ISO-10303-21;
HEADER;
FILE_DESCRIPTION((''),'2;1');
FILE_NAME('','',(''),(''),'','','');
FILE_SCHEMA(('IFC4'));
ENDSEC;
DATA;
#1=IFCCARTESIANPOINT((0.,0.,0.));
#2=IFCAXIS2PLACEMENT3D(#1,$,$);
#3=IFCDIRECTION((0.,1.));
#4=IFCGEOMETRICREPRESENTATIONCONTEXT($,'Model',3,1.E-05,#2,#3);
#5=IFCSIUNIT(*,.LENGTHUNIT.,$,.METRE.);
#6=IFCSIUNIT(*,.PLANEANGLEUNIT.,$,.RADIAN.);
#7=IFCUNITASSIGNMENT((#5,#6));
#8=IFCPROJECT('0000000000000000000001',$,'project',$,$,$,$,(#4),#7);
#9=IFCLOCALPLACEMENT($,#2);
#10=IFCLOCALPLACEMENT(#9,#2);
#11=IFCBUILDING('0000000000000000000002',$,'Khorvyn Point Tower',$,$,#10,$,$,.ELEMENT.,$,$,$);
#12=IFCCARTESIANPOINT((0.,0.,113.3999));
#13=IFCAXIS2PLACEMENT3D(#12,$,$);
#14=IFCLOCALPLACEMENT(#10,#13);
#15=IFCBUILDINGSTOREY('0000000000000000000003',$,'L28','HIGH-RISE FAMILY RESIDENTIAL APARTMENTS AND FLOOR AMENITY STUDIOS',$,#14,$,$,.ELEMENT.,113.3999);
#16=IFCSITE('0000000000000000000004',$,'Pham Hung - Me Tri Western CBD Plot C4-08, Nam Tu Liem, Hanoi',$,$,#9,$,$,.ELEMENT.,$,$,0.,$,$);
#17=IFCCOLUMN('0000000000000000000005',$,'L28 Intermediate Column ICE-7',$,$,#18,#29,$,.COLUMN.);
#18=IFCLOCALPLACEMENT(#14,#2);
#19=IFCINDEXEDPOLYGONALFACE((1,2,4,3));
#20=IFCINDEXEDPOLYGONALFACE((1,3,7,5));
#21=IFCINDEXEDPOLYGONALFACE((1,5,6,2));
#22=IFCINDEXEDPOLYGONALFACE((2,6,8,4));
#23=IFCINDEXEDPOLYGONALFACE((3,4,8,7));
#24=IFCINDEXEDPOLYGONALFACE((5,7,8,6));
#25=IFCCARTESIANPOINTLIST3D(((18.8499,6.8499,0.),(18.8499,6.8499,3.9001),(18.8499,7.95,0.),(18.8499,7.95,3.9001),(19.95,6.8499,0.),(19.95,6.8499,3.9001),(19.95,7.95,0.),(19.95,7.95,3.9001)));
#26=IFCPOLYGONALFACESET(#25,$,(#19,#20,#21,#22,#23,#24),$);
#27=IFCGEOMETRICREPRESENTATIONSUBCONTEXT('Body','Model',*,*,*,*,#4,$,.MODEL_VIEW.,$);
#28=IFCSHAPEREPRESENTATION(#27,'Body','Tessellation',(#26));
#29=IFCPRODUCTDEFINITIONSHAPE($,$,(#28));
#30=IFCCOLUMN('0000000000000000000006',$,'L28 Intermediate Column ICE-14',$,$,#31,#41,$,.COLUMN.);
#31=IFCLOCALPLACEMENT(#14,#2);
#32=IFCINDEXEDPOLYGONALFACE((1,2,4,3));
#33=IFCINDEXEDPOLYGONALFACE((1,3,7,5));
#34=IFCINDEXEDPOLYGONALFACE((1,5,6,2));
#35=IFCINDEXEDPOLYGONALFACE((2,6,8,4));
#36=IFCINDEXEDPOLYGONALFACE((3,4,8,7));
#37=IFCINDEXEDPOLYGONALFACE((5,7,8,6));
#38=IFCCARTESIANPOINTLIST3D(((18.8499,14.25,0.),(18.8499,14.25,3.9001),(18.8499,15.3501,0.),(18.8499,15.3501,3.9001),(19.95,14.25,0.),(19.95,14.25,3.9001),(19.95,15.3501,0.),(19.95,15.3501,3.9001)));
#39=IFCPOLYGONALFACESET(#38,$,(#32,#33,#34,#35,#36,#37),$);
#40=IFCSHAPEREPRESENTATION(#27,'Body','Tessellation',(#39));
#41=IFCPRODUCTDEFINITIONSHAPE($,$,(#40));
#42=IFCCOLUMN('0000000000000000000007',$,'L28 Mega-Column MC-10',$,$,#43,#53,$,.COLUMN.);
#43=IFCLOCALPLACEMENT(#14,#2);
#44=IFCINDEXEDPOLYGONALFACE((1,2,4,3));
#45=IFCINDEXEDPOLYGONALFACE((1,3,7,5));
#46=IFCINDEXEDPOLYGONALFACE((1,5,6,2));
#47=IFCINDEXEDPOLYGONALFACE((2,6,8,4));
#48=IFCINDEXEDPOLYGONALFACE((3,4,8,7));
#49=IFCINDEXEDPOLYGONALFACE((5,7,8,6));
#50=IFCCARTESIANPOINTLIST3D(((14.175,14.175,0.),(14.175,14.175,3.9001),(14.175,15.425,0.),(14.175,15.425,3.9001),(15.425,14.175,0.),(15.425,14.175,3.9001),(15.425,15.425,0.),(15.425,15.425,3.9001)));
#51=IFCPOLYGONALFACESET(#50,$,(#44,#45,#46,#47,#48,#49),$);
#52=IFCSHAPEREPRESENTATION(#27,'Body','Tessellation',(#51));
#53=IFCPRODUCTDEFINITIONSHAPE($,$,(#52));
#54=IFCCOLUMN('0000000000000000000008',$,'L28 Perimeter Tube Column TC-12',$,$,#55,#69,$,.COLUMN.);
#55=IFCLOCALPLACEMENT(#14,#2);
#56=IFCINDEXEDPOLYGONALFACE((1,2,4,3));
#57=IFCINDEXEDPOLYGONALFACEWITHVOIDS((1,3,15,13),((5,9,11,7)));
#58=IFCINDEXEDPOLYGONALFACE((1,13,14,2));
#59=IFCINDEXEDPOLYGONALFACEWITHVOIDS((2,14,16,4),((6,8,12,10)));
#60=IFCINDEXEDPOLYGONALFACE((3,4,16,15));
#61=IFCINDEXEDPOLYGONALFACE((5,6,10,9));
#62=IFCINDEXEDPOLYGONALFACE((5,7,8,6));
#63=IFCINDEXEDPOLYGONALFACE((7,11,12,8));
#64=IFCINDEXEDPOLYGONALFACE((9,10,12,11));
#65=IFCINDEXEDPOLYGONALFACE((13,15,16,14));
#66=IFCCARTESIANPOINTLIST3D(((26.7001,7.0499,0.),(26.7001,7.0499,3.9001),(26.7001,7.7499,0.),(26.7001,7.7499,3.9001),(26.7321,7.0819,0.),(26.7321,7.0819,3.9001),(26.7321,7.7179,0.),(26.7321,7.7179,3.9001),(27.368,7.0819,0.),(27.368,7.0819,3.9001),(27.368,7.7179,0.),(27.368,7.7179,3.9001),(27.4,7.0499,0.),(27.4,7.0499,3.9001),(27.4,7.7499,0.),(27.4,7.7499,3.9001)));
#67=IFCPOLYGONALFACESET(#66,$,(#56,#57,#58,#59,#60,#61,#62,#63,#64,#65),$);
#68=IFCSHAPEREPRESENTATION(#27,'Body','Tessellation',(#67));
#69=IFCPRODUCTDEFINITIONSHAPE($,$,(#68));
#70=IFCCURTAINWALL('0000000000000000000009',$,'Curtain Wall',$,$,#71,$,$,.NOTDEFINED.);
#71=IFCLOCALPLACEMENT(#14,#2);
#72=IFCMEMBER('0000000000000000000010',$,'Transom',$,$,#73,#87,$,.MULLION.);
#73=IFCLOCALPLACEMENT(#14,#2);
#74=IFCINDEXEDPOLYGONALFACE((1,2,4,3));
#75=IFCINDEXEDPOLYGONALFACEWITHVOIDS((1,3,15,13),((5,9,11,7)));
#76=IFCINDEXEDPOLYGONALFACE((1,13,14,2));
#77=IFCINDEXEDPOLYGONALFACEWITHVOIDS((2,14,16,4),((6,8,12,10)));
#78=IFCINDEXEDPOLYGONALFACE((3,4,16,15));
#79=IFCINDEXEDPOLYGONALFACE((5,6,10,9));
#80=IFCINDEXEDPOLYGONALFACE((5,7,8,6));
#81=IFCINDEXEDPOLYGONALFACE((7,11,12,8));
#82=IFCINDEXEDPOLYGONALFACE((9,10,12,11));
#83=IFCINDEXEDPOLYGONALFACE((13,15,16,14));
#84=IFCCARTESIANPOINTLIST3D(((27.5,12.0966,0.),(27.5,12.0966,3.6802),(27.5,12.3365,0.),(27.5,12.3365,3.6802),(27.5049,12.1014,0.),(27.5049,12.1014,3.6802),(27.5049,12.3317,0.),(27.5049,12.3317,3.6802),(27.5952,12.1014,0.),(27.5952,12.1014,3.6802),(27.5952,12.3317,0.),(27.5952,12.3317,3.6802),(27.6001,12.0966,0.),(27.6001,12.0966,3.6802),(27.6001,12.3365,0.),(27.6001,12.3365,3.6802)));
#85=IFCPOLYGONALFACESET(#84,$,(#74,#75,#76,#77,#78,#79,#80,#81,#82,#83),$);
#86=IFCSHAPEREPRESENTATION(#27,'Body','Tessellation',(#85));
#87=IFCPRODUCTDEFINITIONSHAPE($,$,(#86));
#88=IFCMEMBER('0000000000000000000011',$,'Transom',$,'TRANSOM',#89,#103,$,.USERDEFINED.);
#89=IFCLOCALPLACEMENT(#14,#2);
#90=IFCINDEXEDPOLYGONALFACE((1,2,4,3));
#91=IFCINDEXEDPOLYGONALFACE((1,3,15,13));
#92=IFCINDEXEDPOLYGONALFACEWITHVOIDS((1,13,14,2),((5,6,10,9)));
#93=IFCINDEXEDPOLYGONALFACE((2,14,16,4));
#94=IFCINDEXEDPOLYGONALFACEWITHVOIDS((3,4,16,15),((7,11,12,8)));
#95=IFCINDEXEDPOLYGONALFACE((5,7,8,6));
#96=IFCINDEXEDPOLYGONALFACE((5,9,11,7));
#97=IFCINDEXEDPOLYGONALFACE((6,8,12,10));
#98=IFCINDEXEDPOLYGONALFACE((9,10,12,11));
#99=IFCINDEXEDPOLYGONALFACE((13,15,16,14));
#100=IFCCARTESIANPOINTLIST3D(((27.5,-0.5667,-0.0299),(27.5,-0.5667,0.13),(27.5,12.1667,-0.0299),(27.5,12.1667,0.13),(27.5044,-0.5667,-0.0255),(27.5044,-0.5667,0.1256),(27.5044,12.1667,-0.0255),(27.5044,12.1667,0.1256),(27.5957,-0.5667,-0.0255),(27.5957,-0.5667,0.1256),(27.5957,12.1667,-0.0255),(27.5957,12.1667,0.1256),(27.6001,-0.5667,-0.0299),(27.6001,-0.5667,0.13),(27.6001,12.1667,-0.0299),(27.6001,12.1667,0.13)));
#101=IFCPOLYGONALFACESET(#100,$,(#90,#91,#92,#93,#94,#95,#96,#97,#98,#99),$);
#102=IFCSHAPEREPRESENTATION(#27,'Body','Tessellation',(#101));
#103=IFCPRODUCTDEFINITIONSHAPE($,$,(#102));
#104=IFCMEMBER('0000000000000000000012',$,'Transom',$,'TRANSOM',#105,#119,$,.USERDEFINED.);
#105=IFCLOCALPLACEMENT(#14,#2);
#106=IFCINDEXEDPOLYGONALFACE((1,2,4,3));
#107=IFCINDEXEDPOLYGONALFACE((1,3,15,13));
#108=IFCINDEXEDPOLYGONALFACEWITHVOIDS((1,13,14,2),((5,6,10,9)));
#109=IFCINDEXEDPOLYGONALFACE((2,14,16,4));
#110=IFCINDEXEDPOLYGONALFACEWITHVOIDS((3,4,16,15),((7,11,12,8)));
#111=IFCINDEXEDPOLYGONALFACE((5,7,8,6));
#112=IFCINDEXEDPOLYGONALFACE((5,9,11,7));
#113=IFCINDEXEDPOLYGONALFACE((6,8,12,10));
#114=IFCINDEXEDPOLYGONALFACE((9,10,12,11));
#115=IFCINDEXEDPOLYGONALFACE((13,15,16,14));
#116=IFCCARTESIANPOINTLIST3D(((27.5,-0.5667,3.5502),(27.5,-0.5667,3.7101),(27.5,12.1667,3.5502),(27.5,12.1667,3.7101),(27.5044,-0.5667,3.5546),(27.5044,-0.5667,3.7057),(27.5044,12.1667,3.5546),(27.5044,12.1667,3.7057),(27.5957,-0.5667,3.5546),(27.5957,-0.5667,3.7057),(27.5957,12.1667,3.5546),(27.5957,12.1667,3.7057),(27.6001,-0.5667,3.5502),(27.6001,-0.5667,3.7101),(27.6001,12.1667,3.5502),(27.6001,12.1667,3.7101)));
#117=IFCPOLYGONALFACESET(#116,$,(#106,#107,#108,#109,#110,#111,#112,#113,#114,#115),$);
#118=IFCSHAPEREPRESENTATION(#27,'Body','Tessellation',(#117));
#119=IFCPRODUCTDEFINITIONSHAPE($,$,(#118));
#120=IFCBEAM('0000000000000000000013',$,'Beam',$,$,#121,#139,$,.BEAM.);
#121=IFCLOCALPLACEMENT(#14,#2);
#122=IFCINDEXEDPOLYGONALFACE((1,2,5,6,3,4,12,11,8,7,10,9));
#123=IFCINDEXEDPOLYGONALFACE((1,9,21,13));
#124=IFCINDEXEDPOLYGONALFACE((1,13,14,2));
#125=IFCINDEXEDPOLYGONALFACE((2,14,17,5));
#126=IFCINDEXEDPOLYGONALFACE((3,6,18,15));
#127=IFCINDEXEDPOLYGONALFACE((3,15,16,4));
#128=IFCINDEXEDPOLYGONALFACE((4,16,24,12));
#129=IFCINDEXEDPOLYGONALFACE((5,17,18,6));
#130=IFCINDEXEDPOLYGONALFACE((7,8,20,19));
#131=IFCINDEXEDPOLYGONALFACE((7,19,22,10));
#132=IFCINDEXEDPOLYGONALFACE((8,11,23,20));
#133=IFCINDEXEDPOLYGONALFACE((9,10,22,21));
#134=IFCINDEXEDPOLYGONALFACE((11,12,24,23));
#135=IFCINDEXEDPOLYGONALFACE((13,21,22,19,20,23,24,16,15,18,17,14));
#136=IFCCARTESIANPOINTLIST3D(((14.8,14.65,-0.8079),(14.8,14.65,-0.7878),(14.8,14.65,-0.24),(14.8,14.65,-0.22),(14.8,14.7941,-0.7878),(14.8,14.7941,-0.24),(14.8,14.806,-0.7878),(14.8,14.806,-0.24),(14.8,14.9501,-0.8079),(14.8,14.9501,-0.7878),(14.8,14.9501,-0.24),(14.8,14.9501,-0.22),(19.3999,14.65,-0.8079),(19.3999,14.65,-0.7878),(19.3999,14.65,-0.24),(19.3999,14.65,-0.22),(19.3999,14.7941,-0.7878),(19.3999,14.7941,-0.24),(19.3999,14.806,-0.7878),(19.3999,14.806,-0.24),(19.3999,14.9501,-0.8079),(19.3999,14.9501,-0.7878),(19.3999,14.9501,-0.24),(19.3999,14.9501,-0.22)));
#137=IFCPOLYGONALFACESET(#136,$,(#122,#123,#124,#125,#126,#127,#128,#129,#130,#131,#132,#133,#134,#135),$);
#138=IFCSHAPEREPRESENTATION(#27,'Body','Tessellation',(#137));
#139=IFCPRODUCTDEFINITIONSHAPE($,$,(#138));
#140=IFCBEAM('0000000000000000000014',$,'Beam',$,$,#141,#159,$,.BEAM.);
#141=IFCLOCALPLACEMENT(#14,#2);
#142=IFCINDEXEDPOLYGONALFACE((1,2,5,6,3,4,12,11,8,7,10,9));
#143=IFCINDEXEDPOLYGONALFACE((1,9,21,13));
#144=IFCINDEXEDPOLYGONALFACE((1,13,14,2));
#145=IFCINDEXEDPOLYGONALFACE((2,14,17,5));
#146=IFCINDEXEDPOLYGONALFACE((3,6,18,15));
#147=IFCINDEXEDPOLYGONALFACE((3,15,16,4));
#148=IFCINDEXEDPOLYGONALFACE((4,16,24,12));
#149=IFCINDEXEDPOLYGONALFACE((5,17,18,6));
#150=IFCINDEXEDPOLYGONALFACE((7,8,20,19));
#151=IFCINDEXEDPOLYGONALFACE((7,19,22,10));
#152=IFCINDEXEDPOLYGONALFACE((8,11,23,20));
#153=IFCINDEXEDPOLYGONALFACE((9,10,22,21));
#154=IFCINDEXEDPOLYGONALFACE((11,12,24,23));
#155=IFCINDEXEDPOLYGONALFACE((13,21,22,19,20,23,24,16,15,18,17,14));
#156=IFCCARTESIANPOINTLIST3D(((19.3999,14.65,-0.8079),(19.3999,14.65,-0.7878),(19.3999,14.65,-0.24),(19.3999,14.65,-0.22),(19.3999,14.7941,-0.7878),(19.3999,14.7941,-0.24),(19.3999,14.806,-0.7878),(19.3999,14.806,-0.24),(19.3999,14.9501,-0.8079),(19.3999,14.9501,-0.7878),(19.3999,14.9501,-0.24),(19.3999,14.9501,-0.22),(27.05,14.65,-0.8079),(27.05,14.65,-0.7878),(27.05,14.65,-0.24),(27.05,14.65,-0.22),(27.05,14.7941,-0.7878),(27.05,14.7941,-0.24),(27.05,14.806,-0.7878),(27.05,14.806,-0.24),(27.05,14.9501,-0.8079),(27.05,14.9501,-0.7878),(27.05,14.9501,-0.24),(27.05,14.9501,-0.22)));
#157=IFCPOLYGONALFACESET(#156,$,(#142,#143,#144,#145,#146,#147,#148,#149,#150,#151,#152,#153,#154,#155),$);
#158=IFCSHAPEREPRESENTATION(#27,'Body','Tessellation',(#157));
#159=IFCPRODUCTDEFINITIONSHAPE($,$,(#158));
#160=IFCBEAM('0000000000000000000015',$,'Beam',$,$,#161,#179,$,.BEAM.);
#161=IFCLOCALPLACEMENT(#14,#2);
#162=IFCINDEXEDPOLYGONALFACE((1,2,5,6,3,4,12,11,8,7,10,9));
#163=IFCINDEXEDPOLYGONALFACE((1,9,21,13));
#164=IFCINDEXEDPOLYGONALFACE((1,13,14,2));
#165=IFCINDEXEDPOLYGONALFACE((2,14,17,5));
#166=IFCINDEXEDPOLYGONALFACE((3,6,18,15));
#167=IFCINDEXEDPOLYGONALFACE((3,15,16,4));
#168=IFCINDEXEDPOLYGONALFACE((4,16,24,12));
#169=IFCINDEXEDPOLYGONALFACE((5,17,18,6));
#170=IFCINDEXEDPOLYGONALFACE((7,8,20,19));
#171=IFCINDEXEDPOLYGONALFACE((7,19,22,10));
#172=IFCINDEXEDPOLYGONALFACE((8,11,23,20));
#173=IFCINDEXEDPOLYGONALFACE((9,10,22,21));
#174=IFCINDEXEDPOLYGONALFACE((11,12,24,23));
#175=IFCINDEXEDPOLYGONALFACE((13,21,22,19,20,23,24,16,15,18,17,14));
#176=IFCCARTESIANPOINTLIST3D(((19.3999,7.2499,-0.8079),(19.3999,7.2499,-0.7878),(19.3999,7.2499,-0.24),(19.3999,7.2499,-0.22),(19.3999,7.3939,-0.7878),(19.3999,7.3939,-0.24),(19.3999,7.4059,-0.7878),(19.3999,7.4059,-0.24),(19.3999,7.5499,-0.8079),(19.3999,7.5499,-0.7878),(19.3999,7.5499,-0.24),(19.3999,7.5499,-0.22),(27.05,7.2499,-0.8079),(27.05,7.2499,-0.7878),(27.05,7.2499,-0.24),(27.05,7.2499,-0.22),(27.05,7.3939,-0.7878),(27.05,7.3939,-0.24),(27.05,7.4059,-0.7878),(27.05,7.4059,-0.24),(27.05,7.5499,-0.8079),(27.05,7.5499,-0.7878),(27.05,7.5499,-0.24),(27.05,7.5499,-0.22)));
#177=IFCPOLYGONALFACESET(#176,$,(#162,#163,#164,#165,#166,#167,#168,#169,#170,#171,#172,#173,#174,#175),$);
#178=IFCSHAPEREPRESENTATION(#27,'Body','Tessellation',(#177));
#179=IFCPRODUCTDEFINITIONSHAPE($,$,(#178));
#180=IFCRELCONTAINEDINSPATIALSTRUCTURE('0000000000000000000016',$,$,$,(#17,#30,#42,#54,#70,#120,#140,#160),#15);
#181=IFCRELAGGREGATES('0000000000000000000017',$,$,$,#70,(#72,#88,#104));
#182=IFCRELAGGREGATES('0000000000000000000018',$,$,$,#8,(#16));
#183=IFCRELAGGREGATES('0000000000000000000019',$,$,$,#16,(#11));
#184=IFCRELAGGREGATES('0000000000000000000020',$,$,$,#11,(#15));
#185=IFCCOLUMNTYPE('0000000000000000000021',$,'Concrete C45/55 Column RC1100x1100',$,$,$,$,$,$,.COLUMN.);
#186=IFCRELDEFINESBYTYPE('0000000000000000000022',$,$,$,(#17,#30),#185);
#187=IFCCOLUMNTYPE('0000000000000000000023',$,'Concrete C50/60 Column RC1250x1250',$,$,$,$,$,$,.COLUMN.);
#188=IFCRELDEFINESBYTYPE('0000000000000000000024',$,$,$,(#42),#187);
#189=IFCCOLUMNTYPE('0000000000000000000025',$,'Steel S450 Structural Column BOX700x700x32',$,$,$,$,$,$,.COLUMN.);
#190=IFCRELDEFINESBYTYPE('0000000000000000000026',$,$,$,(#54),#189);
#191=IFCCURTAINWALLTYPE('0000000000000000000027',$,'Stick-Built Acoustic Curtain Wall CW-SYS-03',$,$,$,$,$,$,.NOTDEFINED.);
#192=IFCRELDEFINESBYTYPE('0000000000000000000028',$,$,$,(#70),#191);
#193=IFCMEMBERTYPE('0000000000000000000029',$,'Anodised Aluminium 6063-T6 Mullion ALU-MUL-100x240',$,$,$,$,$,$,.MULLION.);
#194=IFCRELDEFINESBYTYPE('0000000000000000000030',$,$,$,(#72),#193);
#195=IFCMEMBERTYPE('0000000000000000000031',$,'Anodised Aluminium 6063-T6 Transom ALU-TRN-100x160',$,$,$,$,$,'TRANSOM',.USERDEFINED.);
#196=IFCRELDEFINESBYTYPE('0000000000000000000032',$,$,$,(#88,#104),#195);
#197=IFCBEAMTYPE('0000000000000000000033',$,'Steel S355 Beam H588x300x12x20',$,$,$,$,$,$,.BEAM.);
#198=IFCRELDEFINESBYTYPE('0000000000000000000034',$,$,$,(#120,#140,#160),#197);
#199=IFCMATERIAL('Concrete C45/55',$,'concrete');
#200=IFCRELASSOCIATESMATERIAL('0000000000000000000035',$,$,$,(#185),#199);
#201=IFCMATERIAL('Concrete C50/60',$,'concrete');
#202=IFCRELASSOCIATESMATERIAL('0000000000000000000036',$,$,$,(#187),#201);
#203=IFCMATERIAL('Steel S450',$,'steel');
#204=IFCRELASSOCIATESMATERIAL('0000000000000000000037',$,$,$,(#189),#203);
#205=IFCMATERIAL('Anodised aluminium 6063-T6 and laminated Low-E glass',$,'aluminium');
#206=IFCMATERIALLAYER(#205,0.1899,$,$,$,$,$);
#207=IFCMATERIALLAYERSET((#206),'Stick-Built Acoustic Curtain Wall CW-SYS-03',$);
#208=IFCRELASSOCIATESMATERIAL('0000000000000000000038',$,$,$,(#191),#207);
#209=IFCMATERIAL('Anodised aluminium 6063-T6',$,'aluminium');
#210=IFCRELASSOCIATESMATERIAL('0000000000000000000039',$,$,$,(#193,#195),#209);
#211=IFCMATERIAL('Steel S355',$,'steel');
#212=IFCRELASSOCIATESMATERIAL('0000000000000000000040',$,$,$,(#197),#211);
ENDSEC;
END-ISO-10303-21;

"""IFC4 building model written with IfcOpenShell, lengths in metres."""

from ifc_helpers import new_model, si_unit, direction, frame, origin, origin_2d, place, context, subcontext, project, spatial, rectangle, hollow_rectangle, i_section, extrude, material, layer, layer_set, material_profile, profile_set, type_object, element, aggregate, save


model = new_model("IFC4")

# Units and contexts
model_context = context("Model", 3, precision=1e-05, world=origin(), true_north=direction((0.0, 1.0)))
body_context = subcontext(model_context, "Body", "Model", "MODEL_VIEW")
ifc_project = project(units=[si_unit("LENGTHUNIT", "METRE"), si_unit("PLANEANGLEUNIT", "RADIAN")], contexts=[model_context])

# Site, building, storey
site_placement = place(None, origin())
site = spatial("IfcSite", under=ifc_project, at=site_placement, Name="Pham Hung - Me Tri Western CBD Plot C4-08, Nam Tu Liem, Hanoi", CompositionType="ELEMENT", RefElevation=0.0)
building_placement = place(site_placement, origin())
building = spatial("IfcBuilding", under=site, at=building_placement, Name="Khorvyn Point Tower", CompositionType="ELEMENT")
storey_placement = place(building_placement, frame((0.0, 0.0, 113.3999)))
storey = spatial("IfcBuildingStorey", under=building, at=storey_placement, Name="L28", Description="HIGH-RISE FAMILY RESIDENTIAL APARTMENTS AND FLOOR AMENITY STUDIOS", CompositionType="ELEMENT", Elevation=113.3999)

# Columns
ifc_material_1 = material(Name="Concrete C45/55", Category="concrete")
ifc_material_profile_1 = material_profile(ifc_material_1, rectangle(XDim=1.1001, YDim=1.1001, at=origin_2d()))
ifc_profile_set_1 = profile_set([ifc_material_profile_1], Name="Concrete C45/55 RC1100x1100")
column_type_1 = type_object("IfcColumnType", Name="Concrete C45/55 Column RC1100x1100", PredefinedType="COLUMN", material=ifc_profile_set_1)
for number, where, z_axis, x_axis, name in (
    (1, (19.3999, 7.3999, 0.0), (0.0, 0.0, 1.0), (1.0, 0.0, 0.0), "L28 Intermediate Column ICE-7"),
    (2, (19.3999, 14.8, 0.0), (0.0, 0.0, 1.0), (1.0, 0.0, 0.0), "L28 Intermediate Column ICE-14"),
):
    element("IfcColumn", number, at=place(storey_placement, frame(where, z_axis=z_axis, x_axis=x_axis)), inside=storey, type_object=column_type_1, Name=name, PredefinedType="COLUMN", context=body_context, shape_type="SweptSolid", body=[
        extrude(rectangle(XDim=1.1001, YDim=1.1001, at=origin_2d()), origin(), (0.0, 0.0, 1.0), 3.9001),
    ])
ifc_material_2 = material(Name="Concrete C50/60", Category="concrete")
ifc_material_profile_2 = material_profile(ifc_material_2, rectangle(XDim=1.25, YDim=1.25, at=origin_2d()))
ifc_profile_set_2 = profile_set([ifc_material_profile_2], Name="Concrete C50/60 RC1250x1250")
column_type_2 = type_object("IfcColumnType", Name="Concrete C50/60 Column RC1250x1250", PredefinedType="COLUMN", material=ifc_profile_set_2)
column_1_placement = place(storey_placement, frame((14.8, 14.8, 0.0), z_axis=(0.0, 0.0, 1.0), x_axis=(1.0, 0.0, 0.0)))
element("IfcColumn", 3, at=column_1_placement, inside=storey, type_object=column_type_2, Name="L28 Mega-Column MC-10", PredefinedType="COLUMN", context=body_context, shape_type="SweptSolid", body=[
    extrude(rectangle(XDim=1.25, YDim=1.25, at=origin_2d()), origin(), (0.0, 0.0, 1.0), 3.9001),
])
ifc_material_3 = material(Name="Steel S450", Category="steel")
ifc_material_profile_3 = material_profile(ifc_material_3, hollow_rectangle(XDim=0.7, YDim=0.7, WallThickness=0.032, at=origin_2d()))
ifc_profile_set_3 = profile_set([ifc_material_profile_3], Name="Steel S450 BOX700x700x32")
column_type_3 = type_object("IfcColumnType", Name="Steel S450 Structural Column BOX700x700x32", PredefinedType="COLUMN", material=ifc_profile_set_3)
column_2_placement = place(storey_placement, frame((27.05, 7.3999, 0.0), z_axis=(0.0, 0.0, 1.0), x_axis=(1.0, 0.0, 0.0)))
element("IfcColumn", 4, at=column_2_placement, inside=storey, type_object=column_type_3, Name="L28 Perimeter Tube Column TC-12", PredefinedType="COLUMN", context=body_context, shape_type="SweptSolid", body=[
    extrude(hollow_rectangle(XDim=0.7, YDim=0.7, WallThickness=0.032, at=origin_2d()), origin(), (0.0, 0.0, 1.0), 3.9001),
])

# Curtain wall, members
ifc_material_4 = material(Name="Anodised aluminium 6063-T6 and laminated Low-E glass", Category="aluminium")
ifc_layer_1 = layer(ifc_material_4, 0.1899)
ifc_layer_set_1 = layer_set([ifc_layer_1], Name="Stick-Built Acoustic Curtain Wall CW-SYS-03")
curtain_wall_type = type_object("IfcCurtainWallType", Name="Stick-Built Acoustic Curtain Wall CW-SYS-03", PredefinedType="NOTDEFINED", material=ifc_layer_set_1)
curtain_wall_placement = place(storey_placement, origin())
curtain_wall = element("IfcCurtainWall", 5, at=curtain_wall_placement, inside=storey, type_object=curtain_wall_type, Name="Curtain Wall", PredefinedType="NOTDEFINED")
ifc_material_5 = material(Name="Anodised aluminium 6063-T6", Category="aluminium")
ifc_material_profile_4 = material_profile(ifc_material_5, hollow_rectangle(XDim=0.1001, YDim=0.24, WallThickness=0.0049, at=origin_2d()))
ifc_profile_set_4 = profile_set([ifc_material_profile_4], Name="Anodised aluminium 6063-T6 ALU-MUL-100x240")
member_type_1 = type_object("IfcMemberType", Name="Anodised Aluminium 6063-T6 Mullion ALU-MUL-100x240", PredefinedType="MULLION", material=ifc_profile_set_4)
member_1_placement = place(storey_placement, frame((27.55, 12.2166, 0.0), z_axis=(0.0, 0.0, 1.0), x_axis=(1.0, 0.0, 0.0)))
member_1 = element("IfcMember", 6, at=member_1_placement, type_object=member_type_1, Name="Transom", PredefinedType="MULLION", context=body_context, shape_type="SweptSolid", body=[
    extrude(hollow_rectangle(XDim=0.1001, YDim=0.24, WallThickness=0.0049, at=origin_2d()), origin(), (0.0, 0.0, 1.0), 3.6802),
])
ifc_material_profile_5 = material_profile(ifc_material_5, hollow_rectangle(XDim=0.1001, YDim=0.1599, WallThickness=0.0044, at=origin_2d()))
ifc_profile_set_5 = profile_set([ifc_material_profile_5], Name="Anodised aluminium 6063-T6 ALU-TRN-100x160")
member_type_2 = type_object("IfcMemberType", Name="Anodised Aluminium 6063-T6 Transom ALU-TRN-100x160", ElementType="TRANSOM", PredefinedType="USERDEFINED", material=ifc_profile_set_5)
member_2_placement = place(storey_placement, frame((27.55, 12.1667, 0.05), z_axis=(0.0, -1.0, 0.0), x_axis=(1.0, 0.0, 0.0)))
member_2 = element("IfcMember", 7, at=member_2_placement, type_object=member_type_2, Name="Transom", ObjectType="TRANSOM", PredefinedType="USERDEFINED", context=body_context, shape_type="SweptSolid", body=[
    extrude(hollow_rectangle(XDim=0.1001, YDim=0.1599, WallThickness=0.0044, at=origin_2d()), origin(), (0.0, 0.0, 1.0), 12.7334),
])
member_3_placement = place(storey_placement, frame((27.55, 12.1667, 3.6301), z_axis=(0.0, -1.0, 0.0), x_axis=(1.0, 0.0, 0.0)))
member_3 = element("IfcMember", 8, at=member_3_placement, type_object=member_type_2, Name="Transom", ObjectType="TRANSOM", PredefinedType="USERDEFINED", context=body_context, shape_type="SweptSolid", body=[
    extrude(hollow_rectangle(XDim=0.1001, YDim=0.1599, WallThickness=0.0044, at=origin_2d()), origin(), (0.0, 0.0, 1.0), 12.7334),
])

# Beams
ifc_material_6 = material(Name="Steel S355", Category="steel")
ifc_material_profile_6 = material_profile(ifc_material_6, i_section(OverallWidth=0.3, OverallDepth=0.5879, WebThickness=0.012, FlangeThickness=0.02, at=origin_2d()))
ifc_profile_set_6 = profile_set([ifc_material_profile_6], Name="Steel S355 H588x300x12x20")
beam_type_1 = type_object("IfcBeamType", Name="Steel S355 Beam H588x300x12x20", PredefinedType="BEAM", material=ifc_profile_set_6)
beam_1_placement = place(storey_placement, frame((14.8, 14.8, -0.5139), z_axis=(1.0, 0.0, 0.0), x_axis=(0.0, 1.0, 0.0)))
element("IfcBeam", 9, at=beam_1_placement, inside=storey, type_object=beam_type_1, Name="Beam", PredefinedType="BEAM", context=body_context, shape_type="SweptSolid", body=[
    extrude(i_section(OverallWidth=0.3, OverallDepth=0.5879, WebThickness=0.012, FlangeThickness=0.02, at=origin_2d()), origin(), (0.0, 0.0, 1.0), 4.5999),
])
for number, where, z_axis, x_axis, name in (
    (10, (19.3999, 14.8, -0.5139), (1.0, 0.0, 0.0), (0.0, 1.0, 0.0), "Beam"),
    (11, (19.3999, 7.3999, -0.5139), (1.0, 0.0, 0.0), (0.0, 1.0, 0.0), "Beam"),
):
    element("IfcBeam", number, at=place(storey_placement, frame(where, z_axis=z_axis, x_axis=x_axis)), inside=storey, type_object=beam_type_1, Name=name, PredefinedType="BEAM", context=body_context, shape_type="SweptSolid", body=[
        extrude(i_section(OverallWidth=0.3, OverallDepth=0.5879, WebThickness=0.012, FlangeThickness=0.02, at=origin_2d()), origin(), (0.0, 0.0, 1.0), 7.6501),
    ])

aggregate(curtain_wall, [member_1, member_2, member_3])

save(model, "model.ifc")
